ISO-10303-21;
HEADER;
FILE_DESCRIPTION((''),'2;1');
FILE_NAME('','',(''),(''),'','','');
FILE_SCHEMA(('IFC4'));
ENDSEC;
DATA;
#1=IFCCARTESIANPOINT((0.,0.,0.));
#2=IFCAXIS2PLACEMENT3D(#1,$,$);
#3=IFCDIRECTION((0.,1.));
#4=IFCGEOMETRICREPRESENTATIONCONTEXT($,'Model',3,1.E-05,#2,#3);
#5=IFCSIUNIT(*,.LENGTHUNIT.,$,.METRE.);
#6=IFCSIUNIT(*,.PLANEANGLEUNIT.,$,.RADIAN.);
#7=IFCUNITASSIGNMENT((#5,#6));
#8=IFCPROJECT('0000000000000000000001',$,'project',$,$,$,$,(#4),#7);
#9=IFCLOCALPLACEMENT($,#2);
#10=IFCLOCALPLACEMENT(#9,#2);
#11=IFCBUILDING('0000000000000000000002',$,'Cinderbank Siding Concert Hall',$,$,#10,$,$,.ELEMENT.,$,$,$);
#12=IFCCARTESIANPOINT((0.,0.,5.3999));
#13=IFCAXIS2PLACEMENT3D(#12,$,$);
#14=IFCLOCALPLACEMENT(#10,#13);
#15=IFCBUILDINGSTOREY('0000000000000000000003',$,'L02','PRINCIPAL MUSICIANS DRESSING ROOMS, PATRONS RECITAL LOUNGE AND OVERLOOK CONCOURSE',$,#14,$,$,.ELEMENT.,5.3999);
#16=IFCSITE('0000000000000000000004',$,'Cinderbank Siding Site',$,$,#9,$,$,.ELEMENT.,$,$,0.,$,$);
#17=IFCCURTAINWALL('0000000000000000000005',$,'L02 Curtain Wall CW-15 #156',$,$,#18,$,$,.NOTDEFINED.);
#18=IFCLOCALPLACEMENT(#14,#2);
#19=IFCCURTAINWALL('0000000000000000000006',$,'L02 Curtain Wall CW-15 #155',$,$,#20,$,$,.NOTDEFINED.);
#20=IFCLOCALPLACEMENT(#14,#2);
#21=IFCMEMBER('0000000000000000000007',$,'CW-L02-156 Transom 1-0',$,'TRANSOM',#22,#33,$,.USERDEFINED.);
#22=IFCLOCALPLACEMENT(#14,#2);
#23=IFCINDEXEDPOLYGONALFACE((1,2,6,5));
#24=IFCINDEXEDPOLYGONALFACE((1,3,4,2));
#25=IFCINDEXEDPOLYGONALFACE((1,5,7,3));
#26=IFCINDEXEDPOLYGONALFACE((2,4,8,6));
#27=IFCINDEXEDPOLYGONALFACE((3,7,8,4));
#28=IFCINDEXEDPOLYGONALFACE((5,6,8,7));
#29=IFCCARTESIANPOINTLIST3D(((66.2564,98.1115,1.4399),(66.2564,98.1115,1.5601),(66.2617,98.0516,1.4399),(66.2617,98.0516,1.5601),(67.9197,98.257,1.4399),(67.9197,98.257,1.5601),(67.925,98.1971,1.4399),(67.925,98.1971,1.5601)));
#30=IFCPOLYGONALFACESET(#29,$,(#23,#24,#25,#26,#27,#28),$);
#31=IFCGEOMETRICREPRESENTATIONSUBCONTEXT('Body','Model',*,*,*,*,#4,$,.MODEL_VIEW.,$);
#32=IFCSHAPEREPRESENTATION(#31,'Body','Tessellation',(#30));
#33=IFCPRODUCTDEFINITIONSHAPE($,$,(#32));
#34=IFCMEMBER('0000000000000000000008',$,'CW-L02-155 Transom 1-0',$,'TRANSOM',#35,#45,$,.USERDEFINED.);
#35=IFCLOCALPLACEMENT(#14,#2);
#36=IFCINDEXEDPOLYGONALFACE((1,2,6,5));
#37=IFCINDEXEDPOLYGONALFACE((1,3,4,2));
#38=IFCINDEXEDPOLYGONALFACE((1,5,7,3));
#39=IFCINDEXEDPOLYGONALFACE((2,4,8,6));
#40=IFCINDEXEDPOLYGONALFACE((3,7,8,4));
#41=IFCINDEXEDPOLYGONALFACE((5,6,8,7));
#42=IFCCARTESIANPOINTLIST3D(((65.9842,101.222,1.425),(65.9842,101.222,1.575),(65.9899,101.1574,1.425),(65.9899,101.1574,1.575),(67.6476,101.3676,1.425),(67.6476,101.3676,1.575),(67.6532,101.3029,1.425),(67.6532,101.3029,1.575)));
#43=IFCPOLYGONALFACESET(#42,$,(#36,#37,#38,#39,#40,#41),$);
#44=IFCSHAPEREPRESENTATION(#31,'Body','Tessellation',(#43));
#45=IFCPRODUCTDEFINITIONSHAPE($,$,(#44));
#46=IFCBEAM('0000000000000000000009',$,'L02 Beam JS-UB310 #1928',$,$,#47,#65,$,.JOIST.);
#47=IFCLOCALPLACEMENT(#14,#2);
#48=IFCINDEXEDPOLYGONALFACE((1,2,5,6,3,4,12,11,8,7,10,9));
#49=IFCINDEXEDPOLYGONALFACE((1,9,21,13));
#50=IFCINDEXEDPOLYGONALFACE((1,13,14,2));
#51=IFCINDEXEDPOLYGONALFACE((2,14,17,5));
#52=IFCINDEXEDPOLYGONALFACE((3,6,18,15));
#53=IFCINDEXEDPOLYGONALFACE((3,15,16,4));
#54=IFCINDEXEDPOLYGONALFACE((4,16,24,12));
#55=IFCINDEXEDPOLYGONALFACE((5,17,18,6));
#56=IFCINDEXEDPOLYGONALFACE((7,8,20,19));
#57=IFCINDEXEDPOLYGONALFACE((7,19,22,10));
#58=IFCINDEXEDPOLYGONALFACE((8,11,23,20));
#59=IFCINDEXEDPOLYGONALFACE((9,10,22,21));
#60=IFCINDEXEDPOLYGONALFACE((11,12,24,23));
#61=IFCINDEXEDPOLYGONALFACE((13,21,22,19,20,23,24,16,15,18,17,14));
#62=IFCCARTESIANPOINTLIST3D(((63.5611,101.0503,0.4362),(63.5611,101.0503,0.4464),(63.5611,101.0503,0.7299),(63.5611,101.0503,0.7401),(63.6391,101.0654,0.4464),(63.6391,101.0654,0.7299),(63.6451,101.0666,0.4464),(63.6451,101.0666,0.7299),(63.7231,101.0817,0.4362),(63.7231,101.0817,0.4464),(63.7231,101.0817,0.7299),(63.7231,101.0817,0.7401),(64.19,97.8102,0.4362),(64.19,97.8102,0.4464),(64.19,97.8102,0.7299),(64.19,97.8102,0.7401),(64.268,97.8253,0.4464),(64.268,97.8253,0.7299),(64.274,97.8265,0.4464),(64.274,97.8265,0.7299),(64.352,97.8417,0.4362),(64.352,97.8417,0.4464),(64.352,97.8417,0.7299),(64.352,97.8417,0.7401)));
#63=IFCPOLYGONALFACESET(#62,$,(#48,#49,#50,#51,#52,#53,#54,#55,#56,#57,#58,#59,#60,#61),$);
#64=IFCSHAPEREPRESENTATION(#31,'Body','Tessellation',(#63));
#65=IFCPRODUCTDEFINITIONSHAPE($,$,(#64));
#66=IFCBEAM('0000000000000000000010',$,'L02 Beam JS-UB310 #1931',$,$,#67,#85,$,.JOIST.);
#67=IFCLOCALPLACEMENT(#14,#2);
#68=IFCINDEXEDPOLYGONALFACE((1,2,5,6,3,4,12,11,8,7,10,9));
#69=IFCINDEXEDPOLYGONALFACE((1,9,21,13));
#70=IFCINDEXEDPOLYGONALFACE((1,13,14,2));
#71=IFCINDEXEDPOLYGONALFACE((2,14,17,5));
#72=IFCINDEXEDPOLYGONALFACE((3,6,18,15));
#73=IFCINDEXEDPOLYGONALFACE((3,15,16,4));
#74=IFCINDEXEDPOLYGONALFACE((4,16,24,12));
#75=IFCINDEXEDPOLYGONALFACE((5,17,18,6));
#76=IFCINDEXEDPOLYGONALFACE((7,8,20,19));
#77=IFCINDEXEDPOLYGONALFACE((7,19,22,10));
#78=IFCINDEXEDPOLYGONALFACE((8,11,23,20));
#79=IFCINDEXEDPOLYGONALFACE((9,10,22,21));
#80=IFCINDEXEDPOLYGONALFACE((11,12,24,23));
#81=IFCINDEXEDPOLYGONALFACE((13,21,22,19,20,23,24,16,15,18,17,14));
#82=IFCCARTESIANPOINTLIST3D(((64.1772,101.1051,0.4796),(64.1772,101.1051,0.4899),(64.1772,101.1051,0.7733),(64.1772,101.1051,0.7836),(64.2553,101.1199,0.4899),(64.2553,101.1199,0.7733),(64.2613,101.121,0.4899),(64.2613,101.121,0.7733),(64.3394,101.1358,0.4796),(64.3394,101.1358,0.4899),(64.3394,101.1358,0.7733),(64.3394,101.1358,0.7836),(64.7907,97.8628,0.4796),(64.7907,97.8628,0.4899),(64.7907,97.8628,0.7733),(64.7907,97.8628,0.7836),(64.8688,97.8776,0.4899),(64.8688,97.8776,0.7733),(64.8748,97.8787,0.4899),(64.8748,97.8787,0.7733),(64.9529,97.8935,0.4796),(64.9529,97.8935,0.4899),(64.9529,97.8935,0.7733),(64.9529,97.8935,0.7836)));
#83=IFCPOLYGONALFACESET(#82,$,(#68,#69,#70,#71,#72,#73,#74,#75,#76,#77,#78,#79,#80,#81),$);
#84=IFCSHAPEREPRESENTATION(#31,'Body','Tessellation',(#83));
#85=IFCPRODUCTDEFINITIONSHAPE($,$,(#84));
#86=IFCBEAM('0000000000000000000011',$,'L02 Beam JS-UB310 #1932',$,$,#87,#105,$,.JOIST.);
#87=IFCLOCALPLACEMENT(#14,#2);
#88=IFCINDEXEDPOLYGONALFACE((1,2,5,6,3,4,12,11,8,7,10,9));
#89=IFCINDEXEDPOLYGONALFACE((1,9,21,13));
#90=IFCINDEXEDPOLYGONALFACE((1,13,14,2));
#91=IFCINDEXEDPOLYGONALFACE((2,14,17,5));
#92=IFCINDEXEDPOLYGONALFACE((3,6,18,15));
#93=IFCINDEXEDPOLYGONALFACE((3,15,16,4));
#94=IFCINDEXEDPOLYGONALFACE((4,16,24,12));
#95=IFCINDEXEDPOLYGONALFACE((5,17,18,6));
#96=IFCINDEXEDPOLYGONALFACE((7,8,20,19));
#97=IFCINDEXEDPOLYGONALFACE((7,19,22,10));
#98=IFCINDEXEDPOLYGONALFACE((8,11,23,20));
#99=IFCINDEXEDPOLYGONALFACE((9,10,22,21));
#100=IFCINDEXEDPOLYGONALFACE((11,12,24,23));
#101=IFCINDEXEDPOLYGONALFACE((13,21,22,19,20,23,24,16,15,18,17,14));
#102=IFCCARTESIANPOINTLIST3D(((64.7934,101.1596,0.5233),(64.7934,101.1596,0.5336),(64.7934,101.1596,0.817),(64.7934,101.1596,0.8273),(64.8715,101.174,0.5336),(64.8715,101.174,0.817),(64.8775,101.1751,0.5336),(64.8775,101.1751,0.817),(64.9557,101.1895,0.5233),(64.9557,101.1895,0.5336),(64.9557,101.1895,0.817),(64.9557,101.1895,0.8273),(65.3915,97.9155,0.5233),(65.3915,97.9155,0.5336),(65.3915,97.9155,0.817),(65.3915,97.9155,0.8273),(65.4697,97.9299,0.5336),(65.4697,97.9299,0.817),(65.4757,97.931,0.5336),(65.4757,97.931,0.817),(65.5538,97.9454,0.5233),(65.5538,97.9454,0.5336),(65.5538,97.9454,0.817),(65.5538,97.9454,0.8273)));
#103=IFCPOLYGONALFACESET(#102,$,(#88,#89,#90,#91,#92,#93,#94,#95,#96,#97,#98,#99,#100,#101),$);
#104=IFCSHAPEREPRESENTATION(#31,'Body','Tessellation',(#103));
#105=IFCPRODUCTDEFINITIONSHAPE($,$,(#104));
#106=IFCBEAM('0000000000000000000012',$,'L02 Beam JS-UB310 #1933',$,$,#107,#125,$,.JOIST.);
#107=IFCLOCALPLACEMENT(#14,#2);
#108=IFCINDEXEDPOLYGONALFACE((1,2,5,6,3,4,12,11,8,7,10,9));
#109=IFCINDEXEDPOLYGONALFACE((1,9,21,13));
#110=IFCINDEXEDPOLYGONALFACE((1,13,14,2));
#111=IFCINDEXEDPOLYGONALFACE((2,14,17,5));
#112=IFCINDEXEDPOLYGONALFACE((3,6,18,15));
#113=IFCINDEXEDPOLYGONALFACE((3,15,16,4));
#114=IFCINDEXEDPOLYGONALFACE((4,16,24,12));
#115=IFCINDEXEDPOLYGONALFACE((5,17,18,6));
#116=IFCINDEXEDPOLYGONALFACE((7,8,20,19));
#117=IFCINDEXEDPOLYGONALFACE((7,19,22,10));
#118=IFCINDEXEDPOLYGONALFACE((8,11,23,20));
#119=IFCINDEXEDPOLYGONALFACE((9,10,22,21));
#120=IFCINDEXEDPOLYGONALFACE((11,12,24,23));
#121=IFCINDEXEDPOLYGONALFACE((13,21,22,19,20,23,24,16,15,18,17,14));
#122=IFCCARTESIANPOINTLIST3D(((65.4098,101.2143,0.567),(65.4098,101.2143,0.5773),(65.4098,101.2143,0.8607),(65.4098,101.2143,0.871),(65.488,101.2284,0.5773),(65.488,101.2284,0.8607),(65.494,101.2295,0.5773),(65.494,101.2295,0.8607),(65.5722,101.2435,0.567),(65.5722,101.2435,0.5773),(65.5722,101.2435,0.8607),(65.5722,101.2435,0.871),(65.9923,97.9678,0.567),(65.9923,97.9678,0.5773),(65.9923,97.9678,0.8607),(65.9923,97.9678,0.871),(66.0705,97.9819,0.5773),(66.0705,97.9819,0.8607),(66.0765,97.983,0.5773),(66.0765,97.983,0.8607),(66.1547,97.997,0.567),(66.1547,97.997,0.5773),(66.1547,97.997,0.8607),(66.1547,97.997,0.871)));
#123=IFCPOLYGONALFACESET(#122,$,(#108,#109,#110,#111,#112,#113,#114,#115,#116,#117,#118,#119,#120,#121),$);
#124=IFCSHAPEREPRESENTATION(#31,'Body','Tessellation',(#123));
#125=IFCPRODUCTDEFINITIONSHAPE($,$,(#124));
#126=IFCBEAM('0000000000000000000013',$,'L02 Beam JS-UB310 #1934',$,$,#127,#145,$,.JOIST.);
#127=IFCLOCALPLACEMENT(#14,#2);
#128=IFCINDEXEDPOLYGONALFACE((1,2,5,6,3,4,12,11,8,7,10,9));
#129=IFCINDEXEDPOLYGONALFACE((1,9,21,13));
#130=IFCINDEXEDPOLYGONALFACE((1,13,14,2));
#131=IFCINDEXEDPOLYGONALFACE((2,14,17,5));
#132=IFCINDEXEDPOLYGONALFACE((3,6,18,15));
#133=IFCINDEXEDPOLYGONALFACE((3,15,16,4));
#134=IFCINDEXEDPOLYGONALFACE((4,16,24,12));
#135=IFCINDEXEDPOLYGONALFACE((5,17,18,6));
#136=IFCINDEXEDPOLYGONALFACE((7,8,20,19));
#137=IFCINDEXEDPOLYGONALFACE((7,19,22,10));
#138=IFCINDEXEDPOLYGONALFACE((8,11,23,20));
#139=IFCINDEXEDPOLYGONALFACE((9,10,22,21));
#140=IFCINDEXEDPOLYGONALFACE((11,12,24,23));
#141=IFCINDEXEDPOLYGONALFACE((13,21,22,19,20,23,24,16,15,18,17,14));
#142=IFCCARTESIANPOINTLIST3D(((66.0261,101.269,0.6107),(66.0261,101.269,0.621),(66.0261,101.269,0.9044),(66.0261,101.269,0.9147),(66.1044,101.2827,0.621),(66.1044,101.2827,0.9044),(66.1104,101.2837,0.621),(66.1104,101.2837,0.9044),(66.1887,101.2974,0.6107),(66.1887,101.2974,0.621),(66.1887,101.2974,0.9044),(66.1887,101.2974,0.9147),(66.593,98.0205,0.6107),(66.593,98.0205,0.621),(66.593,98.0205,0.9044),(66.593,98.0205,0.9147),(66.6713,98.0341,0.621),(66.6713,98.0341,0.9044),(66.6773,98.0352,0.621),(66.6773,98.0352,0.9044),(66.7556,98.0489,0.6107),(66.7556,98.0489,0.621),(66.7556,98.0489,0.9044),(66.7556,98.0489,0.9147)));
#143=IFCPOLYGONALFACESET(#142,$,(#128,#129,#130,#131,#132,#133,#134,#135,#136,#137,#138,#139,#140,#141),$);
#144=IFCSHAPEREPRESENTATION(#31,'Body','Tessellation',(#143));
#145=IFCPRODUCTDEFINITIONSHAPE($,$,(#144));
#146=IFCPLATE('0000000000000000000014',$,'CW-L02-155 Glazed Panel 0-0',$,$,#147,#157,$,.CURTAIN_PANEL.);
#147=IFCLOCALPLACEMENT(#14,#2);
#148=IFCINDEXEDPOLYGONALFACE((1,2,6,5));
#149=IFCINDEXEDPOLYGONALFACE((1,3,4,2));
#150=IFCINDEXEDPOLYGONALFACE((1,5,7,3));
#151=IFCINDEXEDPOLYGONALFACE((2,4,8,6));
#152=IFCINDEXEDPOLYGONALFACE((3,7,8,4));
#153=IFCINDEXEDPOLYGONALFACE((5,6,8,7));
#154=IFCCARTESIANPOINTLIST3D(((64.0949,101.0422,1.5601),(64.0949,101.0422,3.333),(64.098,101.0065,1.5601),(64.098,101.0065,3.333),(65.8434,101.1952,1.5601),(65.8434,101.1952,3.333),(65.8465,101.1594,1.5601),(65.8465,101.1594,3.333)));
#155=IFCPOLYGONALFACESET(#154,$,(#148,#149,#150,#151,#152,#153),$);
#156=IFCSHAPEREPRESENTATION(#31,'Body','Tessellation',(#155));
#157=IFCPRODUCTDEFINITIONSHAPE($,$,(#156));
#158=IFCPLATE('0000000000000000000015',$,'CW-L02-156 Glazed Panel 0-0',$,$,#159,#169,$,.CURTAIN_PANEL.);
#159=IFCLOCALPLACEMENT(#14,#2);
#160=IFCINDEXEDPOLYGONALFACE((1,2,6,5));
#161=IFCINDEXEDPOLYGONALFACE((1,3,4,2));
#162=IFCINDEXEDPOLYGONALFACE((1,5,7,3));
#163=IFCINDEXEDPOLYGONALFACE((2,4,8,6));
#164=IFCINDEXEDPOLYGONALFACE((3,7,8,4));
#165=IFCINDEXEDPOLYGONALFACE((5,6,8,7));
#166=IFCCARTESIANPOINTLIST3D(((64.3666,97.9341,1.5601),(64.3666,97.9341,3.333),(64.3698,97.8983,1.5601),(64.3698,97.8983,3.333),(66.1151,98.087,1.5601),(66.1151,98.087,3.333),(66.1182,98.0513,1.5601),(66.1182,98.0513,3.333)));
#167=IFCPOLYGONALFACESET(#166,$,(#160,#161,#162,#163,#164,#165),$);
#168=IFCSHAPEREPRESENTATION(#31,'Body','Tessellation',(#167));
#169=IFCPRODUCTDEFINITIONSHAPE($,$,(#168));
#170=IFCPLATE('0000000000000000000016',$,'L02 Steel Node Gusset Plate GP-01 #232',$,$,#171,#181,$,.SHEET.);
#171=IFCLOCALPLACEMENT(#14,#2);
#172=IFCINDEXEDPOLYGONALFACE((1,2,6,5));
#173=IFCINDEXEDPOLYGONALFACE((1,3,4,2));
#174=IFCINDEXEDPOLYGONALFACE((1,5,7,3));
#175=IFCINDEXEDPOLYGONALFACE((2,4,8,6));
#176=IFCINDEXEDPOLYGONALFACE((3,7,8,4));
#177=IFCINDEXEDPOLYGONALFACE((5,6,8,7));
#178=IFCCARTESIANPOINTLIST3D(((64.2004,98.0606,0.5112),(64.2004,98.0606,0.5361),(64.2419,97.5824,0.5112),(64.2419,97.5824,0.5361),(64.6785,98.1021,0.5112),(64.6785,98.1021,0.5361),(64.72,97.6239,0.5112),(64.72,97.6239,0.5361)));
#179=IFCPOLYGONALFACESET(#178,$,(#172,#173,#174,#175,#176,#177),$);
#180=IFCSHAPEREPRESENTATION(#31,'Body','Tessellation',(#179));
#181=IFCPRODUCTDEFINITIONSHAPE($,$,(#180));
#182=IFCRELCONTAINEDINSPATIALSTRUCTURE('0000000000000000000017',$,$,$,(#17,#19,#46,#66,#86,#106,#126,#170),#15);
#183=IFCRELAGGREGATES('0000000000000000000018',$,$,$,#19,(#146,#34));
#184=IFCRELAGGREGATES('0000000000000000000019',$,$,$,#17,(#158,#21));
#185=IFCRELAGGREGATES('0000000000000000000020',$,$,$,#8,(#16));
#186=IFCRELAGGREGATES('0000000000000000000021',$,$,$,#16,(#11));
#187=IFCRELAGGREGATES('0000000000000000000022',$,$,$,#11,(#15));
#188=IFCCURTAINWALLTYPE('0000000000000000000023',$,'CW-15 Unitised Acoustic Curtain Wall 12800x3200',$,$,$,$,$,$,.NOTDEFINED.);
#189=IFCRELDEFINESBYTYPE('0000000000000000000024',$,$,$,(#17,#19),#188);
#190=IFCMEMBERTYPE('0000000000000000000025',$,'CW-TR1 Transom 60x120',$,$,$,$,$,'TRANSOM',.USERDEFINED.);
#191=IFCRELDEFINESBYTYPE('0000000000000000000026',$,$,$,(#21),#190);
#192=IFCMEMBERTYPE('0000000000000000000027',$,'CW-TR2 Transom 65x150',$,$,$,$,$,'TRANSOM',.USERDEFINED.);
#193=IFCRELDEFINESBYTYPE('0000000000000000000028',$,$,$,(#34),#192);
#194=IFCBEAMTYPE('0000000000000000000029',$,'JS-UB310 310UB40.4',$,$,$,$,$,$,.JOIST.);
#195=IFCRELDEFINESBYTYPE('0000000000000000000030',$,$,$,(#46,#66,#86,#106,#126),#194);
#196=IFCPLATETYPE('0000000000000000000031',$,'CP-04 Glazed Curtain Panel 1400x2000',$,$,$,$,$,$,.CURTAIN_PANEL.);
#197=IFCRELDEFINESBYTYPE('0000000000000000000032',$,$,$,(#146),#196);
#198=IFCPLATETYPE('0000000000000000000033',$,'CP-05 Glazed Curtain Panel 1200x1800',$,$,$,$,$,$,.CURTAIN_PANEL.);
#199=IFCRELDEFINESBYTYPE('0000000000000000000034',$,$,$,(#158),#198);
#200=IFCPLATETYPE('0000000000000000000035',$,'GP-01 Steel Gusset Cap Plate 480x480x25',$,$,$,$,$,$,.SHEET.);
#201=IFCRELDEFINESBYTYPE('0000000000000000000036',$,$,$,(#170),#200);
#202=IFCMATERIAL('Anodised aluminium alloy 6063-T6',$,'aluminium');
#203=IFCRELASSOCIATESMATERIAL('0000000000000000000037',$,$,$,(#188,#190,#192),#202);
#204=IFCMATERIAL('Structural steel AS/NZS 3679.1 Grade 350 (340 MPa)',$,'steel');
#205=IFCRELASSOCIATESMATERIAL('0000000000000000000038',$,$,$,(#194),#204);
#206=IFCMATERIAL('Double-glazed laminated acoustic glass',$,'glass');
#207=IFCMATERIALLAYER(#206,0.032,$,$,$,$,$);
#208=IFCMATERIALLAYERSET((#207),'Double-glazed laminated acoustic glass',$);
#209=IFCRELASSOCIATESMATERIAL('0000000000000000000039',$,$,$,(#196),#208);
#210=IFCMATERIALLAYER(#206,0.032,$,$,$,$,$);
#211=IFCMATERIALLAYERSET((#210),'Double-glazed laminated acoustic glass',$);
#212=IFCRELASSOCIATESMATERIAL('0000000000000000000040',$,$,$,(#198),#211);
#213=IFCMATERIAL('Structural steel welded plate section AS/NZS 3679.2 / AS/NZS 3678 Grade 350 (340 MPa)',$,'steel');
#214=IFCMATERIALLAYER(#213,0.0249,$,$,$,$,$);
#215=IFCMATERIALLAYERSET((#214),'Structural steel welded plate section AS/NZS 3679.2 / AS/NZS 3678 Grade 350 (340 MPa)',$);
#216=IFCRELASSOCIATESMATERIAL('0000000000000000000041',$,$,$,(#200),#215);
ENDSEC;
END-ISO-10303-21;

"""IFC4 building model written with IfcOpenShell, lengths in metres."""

from ifc_helpers import new_model, si_unit, direction, frame, origin, origin_2d, place, context, subcontext, project, spatial, rectangle, i_section, extrude, material, layer, layer_set, material_profile, profile_set, type_object, element, aggregate, save


model = new_model("IFC4")

# Units and contexts
model_context = context("Model", 3, precision=1e-05, world=origin(), true_north=direction((0.0, 1.0)))
body_context = subcontext(model_context, "Body", "Model", "MODEL_VIEW")
ifc_project = project(units=[si_unit("LENGTHUNIT", "METRE"), si_unit("PLANEANGLEUNIT", "RADIAN")], contexts=[model_context])

# Site, building, storey
site_placement = place(None, origin())
site = spatial("IfcSite", under=ifc_project, at=site_placement, Name="Cinderbank Siding Site", CompositionType="ELEMENT", RefElevation=0.0)
building_placement = place(site_placement, origin())
building = spatial("IfcBuilding", under=site, at=building_placement, Name="Cinderbank Siding Concert Hall", CompositionType="ELEMENT")
storey_placement = place(building_placement, frame((0.0, 0.0, 5.3999)))
storey = spatial("IfcBuildingStorey", under=building, at=storey_placement, Name="L02", Description="PRINCIPAL MUSICIANS DRESSING ROOMS, PATRONS RECITAL LOUNGE AND OVERLOOK CONCOURSE", CompositionType="ELEMENT", Elevation=5.3999)

# Shared definitions
ifc_material_1 = material(Name="Structural steel welded plate section AS/NZS 3679.2 / AS/NZS 3678 Grade 350 (340 MPa)", Category="steel")

# Curtain wall
ifc_material_2 = material(Name="Anodised aluminium alloy 6063-T6", Category="aluminium")
curtain_wall_type = type_object("IfcCurtainWallType", Name="CW-15 Unitised Acoustic Curtain Wall 12800x3200", PredefinedType="NOTDEFINED", material=ifc_material_2)
curtain_wall_1_placement = place(storey_placement, origin())
curtain_wall_1 = element("IfcCurtainWall", 1, at=curtain_wall_1_placement, inside=storey, type_object=curtain_wall_type, Name="L02 Curtain Wall CW-15 #156", PredefinedType="NOTDEFINED")

# Curtain wall
curtain_wall_2_placement = place(storey_placement, origin())
curtain_wall_2 = element("IfcCurtainWall", 2, at=curtain_wall_2_placement, inside=storey, type_object=curtain_wall_type, Name="L02 Curtain Wall CW-15 #155", PredefinedType="NOTDEFINED")

# Members
ifc_material_profile_1 = material_profile(ifc_material_2, rectangle(XDim=0.0601, YDim=0.1201, at=origin_2d()), Name="ALU-TRAN-60x120", Category="LoadBearing")
ifc_profile_set_1 = profile_set([ifc_material_profile_1], Name="Anodised aluminium alloy 6063-T6")
member_type_1 = type_object("IfcMemberType", Name="CW-TR1 Transom 60x120", ElementType="TRANSOM", PredefinedType="USERDEFINED", material=ifc_profile_set_1)
member_1_placement = place(storey_placement, frame((66.259, 98.0815, 1.5), z_axis=(0.996195, 0.087147, 0.0), x_axis=(-0.087147, 0.996195, 0.0)))
member_1 = element("IfcMember", 3, at=member_1_placement, type_object=member_type_1, Name="CW-L02-156 Transom 1-0", ObjectType="TRANSOM", PredefinedType="USERDEFINED", context=body_context, shape_type="SweptSolid", body=[
    extrude(rectangle(XDim=0.0601, YDim=0.1201, at=origin_2d()), origin(), (0.0, 0.0, 1.0), 1.6697),
])
ifc_material_profile_2 = material_profile(ifc_material_2, rectangle(XDim=0.0649, YDim=0.1499, at=origin_2d()), Name="ALU-TRAN-65x150", Category="LoadBearing")
ifc_profile_set_2 = profile_set([ifc_material_profile_2], Name="Anodised aluminium alloy 6063-T6")
member_type_2 = type_object("IfcMemberType", Name="CW-TR2 Transom 65x150", ElementType="TRANSOM", PredefinedType="USERDEFINED", material=ifc_profile_set_2)
member_2_placement = place(storey_placement, frame((65.9871, 101.1897, 1.5), z_axis=(0.996195, 0.087147, 0.0), x_axis=(-0.087147, 0.996195, 0.0)))
member_2 = element("IfcMember", 4, at=member_2_placement, type_object=member_type_2, Name="CW-L02-155 Transom 1-0", ObjectType="TRANSOM", PredefinedType="USERDEFINED", context=body_context, shape_type="SweptSolid", body=[
    extrude(rectangle(XDim=0.0649, YDim=0.1499, at=origin_2d()), origin(), (0.0, 0.0, 1.0), 1.6697),
])

# Beams
ifc_material_3 = material(Name="Structural steel AS/NZS 3679.1 Grade 350 (340 MPa)", Category="steel")
ifc_material_profile_3 = material_profile(ifc_material_3, i_section(OverallWidth=0.165, OverallDepth=0.304, WebThickness=0.0061, FlangeThickness=0.0103, at=origin_2d()), Name="310UB40.4", Category="LoadBearing")
ifc_profile_set_3 = profile_set([ifc_material_profile_3], Name="Structural steel AS/NZS 3679.1 Grade 350 (340 MPa)")
beam_type_1 = type_object("IfcBeamType", Name="JS-UB310 310UB40.4", PredefinedType="JOIST", material=ifc_profile_set_3)
beam_1_placement = place(storey_placement, frame((64.271, 97.8259, 0.5881), z_axis=(-0.190551, 0.981677, 0.0), x_axis=(-0.981677, -0.190551, 0.0)))
element("IfcBeam", 5, at=beam_1_placement, inside=storey, type_object=beam_type_1, Name="L02 Beam JS-UB310 #1928", PredefinedType="JOIST", context=body_context, shape_type="SweptSolid", body=[
    extrude(i_section(OverallWidth=0.165, OverallDepth=0.304, WebThickness=0.0061, FlangeThickness=0.0103, at=origin_2d()), origin(), (0.0, 0.0, 1.0), 3.3005),
])
beam_2_placement = place(storey_placement, frame((64.8718, 97.8782, 0.6316), z_axis=(-0.185932, 0.982563, 0.0), x_axis=(-0.982563, -0.185932, 0.0)))
element("IfcBeam", 6, at=beam_2_placement, inside=storey, type_object=beam_type_1, Name="L02 Beam JS-UB310 #1931", PredefinedType="JOIST", context=body_context, shape_type="SweptSolid", body=[
    extrude(i_section(OverallWidth=0.165, OverallDepth=0.304, WebThickness=0.0061, FlangeThickness=0.0103, at=origin_2d()), origin(), (0.0, 0.0, 1.0), 3.2998),
])
beam_3_placement = place(storey_placement, frame((65.4727, 97.9304, 0.6753), z_axis=(-0.181321, 0.983424, 0.0), x_axis=(-0.983424, -0.181321, 0.0)))
element("IfcBeam", 7, at=beam_3_placement, inside=storey, type_object=beam_type_1, Name="L02 Beam JS-UB310 #1932", PredefinedType="JOIST", context=body_context, shape_type="SweptSolid", body=[
    extrude(i_section(OverallWidth=0.165, OverallDepth=0.304, WebThickness=0.0061, FlangeThickness=0.0103, at=origin_2d()), origin(), (0.0, 0.0, 1.0), 3.2988),
])
beam_4_placement = place(storey_placement, frame((66.0735, 97.9824, 0.719), z_axis=(-0.176605, 0.984282, 0.0), x_axis=(-0.984282, -0.176605, 0.0)))
element("IfcBeam", 8, at=beam_4_placement, inside=storey, type_object=beam_type_1, Name="L02 Beam JS-UB310 #1933", PredefinedType="JOIST", context=body_context, shape_type="SweptSolid", body=[
    extrude(i_section(OverallWidth=0.165, OverallDepth=0.304, WebThickness=0.0061, FlangeThickness=0.0103, at=origin_2d()), origin(), (0.0, 0.0, 1.0), 3.2983),
])
beam_5_placement = place(storey_placement, frame((66.6743, 98.0347, 0.7627), z_axis=(-0.17191, 0.985113, 0.0), x_axis=(-0.985113, -0.17191, 0.0)))
element("IfcBeam", 9, at=beam_5_placement, inside=storey, type_object=beam_type_1, Name="L02 Beam JS-UB310 #1934", PredefinedType="JOIST", context=body_context, shape_type="SweptSolid", body=[
    extrude(i_section(OverallWidth=0.165, OverallDepth=0.304, WebThickness=0.0061, FlangeThickness=0.0103, at=origin_2d()), origin(), (0.0, 0.0, 1.0), 3.2976),
])

# Plates
ifc_material_4 = material(Name="Double-glazed laminated acoustic glass", Category="glass")
ifc_layer_1 = layer(ifc_material_4, 0.032)
ifc_layer_set_1 = layer_set([ifc_layer_1], Name="Double-glazed laminated acoustic glass")
plate_type_1 = type_object("IfcPlateType", Name="CP-04 Glazed Curtain Panel 1400x2000", PredefinedType="CURTAIN_PANEL", material=ifc_layer_set_1)
plate_1_placement = place(storey_placement, frame((64.9707, 101.1008, 1.5601), z_axis=(0.0, 0.0, 1.0), x_axis=(0.996195, 0.087157, 0.0)))
plate_1 = element("IfcPlate", 10, at=plate_1_placement, type_object=plate_type_1, Name="CW-L02-155 Glazed Panel 0-0", PredefinedType="CURTAIN_PANEL", context=body_context, shape_type="SweptSolid", body=[
    extrude(rectangle(XDim=1.7551, YDim=0.0359, at=origin_2d()), origin(), (0.0, 0.0, 1.0), 1.7729),
])
aggregate(curtain_wall_2, [plate_1, member_2])
ifc_layer_2 = layer(ifc_material_4, 0.032)
ifc_layer_set_2 = layer_set([ifc_layer_2], Name="Double-glazed laminated acoustic glass")
plate_type_2 = type_object("IfcPlateType", Name="CP-05 Glazed Curtain Panel 1200x1800", PredefinedType="CURTAIN_PANEL", material=ifc_layer_set_2)
plate_2_placement = place(storey_placement, frame((65.2424, 97.9927, 1.5601), z_axis=(0.0, 0.0, 1.0), x_axis=(0.996195, 0.087157, 0.0)))
plate_2 = element("IfcPlate", 11, at=plate_2_placement, type_object=plate_type_2, Name="CW-L02-156 Glazed Panel 0-0", PredefinedType="CURTAIN_PANEL", context=body_context, shape_type="SweptSolid", body=[
    extrude(rectangle(XDim=1.7551, YDim=0.0359, at=origin_2d()), origin(), (0.0, 0.0, 1.0), 1.7729),
])
aggregate(curtain_wall_1, [plate_2, member_1])

# Plate
ifc_layer_3 = layer(ifc_material_1, 0.0249)
ifc_layer_set_3 = layer_set([ifc_layer_3], Name="Structural steel welded plate section AS/NZS 3679.2 / AS/NZS 3678 Grade 350 (340 MPa)")
plate_type_3 = type_object("IfcPlateType", Name="GP-01 Steel Gusset Cap Plate 480x480x25", PredefinedType="SHEET", material=ifc_layer_set_3)
plate_3_placement = place(storey_placement, frame((64.4602, 97.8423, 0.5112), z_axis=(0.0, 0.0, 1.0), x_axis=(0.996255, 0.08646, 0.0)))
element("IfcPlate", 12, at=plate_3_placement, inside=storey, type_object=plate_type_3, Name="L02 Steel Node Gusset Plate GP-01 #232", PredefinedType="SHEET", context=body_context, shape_type="SweptSolid", body=[
    extrude(rectangle(XDim=0.48, YDim=0.48, at=origin_2d()), origin(), (0.0, 0.0, 1.0), 0.0249),
])

save(model, "model.ifc")
